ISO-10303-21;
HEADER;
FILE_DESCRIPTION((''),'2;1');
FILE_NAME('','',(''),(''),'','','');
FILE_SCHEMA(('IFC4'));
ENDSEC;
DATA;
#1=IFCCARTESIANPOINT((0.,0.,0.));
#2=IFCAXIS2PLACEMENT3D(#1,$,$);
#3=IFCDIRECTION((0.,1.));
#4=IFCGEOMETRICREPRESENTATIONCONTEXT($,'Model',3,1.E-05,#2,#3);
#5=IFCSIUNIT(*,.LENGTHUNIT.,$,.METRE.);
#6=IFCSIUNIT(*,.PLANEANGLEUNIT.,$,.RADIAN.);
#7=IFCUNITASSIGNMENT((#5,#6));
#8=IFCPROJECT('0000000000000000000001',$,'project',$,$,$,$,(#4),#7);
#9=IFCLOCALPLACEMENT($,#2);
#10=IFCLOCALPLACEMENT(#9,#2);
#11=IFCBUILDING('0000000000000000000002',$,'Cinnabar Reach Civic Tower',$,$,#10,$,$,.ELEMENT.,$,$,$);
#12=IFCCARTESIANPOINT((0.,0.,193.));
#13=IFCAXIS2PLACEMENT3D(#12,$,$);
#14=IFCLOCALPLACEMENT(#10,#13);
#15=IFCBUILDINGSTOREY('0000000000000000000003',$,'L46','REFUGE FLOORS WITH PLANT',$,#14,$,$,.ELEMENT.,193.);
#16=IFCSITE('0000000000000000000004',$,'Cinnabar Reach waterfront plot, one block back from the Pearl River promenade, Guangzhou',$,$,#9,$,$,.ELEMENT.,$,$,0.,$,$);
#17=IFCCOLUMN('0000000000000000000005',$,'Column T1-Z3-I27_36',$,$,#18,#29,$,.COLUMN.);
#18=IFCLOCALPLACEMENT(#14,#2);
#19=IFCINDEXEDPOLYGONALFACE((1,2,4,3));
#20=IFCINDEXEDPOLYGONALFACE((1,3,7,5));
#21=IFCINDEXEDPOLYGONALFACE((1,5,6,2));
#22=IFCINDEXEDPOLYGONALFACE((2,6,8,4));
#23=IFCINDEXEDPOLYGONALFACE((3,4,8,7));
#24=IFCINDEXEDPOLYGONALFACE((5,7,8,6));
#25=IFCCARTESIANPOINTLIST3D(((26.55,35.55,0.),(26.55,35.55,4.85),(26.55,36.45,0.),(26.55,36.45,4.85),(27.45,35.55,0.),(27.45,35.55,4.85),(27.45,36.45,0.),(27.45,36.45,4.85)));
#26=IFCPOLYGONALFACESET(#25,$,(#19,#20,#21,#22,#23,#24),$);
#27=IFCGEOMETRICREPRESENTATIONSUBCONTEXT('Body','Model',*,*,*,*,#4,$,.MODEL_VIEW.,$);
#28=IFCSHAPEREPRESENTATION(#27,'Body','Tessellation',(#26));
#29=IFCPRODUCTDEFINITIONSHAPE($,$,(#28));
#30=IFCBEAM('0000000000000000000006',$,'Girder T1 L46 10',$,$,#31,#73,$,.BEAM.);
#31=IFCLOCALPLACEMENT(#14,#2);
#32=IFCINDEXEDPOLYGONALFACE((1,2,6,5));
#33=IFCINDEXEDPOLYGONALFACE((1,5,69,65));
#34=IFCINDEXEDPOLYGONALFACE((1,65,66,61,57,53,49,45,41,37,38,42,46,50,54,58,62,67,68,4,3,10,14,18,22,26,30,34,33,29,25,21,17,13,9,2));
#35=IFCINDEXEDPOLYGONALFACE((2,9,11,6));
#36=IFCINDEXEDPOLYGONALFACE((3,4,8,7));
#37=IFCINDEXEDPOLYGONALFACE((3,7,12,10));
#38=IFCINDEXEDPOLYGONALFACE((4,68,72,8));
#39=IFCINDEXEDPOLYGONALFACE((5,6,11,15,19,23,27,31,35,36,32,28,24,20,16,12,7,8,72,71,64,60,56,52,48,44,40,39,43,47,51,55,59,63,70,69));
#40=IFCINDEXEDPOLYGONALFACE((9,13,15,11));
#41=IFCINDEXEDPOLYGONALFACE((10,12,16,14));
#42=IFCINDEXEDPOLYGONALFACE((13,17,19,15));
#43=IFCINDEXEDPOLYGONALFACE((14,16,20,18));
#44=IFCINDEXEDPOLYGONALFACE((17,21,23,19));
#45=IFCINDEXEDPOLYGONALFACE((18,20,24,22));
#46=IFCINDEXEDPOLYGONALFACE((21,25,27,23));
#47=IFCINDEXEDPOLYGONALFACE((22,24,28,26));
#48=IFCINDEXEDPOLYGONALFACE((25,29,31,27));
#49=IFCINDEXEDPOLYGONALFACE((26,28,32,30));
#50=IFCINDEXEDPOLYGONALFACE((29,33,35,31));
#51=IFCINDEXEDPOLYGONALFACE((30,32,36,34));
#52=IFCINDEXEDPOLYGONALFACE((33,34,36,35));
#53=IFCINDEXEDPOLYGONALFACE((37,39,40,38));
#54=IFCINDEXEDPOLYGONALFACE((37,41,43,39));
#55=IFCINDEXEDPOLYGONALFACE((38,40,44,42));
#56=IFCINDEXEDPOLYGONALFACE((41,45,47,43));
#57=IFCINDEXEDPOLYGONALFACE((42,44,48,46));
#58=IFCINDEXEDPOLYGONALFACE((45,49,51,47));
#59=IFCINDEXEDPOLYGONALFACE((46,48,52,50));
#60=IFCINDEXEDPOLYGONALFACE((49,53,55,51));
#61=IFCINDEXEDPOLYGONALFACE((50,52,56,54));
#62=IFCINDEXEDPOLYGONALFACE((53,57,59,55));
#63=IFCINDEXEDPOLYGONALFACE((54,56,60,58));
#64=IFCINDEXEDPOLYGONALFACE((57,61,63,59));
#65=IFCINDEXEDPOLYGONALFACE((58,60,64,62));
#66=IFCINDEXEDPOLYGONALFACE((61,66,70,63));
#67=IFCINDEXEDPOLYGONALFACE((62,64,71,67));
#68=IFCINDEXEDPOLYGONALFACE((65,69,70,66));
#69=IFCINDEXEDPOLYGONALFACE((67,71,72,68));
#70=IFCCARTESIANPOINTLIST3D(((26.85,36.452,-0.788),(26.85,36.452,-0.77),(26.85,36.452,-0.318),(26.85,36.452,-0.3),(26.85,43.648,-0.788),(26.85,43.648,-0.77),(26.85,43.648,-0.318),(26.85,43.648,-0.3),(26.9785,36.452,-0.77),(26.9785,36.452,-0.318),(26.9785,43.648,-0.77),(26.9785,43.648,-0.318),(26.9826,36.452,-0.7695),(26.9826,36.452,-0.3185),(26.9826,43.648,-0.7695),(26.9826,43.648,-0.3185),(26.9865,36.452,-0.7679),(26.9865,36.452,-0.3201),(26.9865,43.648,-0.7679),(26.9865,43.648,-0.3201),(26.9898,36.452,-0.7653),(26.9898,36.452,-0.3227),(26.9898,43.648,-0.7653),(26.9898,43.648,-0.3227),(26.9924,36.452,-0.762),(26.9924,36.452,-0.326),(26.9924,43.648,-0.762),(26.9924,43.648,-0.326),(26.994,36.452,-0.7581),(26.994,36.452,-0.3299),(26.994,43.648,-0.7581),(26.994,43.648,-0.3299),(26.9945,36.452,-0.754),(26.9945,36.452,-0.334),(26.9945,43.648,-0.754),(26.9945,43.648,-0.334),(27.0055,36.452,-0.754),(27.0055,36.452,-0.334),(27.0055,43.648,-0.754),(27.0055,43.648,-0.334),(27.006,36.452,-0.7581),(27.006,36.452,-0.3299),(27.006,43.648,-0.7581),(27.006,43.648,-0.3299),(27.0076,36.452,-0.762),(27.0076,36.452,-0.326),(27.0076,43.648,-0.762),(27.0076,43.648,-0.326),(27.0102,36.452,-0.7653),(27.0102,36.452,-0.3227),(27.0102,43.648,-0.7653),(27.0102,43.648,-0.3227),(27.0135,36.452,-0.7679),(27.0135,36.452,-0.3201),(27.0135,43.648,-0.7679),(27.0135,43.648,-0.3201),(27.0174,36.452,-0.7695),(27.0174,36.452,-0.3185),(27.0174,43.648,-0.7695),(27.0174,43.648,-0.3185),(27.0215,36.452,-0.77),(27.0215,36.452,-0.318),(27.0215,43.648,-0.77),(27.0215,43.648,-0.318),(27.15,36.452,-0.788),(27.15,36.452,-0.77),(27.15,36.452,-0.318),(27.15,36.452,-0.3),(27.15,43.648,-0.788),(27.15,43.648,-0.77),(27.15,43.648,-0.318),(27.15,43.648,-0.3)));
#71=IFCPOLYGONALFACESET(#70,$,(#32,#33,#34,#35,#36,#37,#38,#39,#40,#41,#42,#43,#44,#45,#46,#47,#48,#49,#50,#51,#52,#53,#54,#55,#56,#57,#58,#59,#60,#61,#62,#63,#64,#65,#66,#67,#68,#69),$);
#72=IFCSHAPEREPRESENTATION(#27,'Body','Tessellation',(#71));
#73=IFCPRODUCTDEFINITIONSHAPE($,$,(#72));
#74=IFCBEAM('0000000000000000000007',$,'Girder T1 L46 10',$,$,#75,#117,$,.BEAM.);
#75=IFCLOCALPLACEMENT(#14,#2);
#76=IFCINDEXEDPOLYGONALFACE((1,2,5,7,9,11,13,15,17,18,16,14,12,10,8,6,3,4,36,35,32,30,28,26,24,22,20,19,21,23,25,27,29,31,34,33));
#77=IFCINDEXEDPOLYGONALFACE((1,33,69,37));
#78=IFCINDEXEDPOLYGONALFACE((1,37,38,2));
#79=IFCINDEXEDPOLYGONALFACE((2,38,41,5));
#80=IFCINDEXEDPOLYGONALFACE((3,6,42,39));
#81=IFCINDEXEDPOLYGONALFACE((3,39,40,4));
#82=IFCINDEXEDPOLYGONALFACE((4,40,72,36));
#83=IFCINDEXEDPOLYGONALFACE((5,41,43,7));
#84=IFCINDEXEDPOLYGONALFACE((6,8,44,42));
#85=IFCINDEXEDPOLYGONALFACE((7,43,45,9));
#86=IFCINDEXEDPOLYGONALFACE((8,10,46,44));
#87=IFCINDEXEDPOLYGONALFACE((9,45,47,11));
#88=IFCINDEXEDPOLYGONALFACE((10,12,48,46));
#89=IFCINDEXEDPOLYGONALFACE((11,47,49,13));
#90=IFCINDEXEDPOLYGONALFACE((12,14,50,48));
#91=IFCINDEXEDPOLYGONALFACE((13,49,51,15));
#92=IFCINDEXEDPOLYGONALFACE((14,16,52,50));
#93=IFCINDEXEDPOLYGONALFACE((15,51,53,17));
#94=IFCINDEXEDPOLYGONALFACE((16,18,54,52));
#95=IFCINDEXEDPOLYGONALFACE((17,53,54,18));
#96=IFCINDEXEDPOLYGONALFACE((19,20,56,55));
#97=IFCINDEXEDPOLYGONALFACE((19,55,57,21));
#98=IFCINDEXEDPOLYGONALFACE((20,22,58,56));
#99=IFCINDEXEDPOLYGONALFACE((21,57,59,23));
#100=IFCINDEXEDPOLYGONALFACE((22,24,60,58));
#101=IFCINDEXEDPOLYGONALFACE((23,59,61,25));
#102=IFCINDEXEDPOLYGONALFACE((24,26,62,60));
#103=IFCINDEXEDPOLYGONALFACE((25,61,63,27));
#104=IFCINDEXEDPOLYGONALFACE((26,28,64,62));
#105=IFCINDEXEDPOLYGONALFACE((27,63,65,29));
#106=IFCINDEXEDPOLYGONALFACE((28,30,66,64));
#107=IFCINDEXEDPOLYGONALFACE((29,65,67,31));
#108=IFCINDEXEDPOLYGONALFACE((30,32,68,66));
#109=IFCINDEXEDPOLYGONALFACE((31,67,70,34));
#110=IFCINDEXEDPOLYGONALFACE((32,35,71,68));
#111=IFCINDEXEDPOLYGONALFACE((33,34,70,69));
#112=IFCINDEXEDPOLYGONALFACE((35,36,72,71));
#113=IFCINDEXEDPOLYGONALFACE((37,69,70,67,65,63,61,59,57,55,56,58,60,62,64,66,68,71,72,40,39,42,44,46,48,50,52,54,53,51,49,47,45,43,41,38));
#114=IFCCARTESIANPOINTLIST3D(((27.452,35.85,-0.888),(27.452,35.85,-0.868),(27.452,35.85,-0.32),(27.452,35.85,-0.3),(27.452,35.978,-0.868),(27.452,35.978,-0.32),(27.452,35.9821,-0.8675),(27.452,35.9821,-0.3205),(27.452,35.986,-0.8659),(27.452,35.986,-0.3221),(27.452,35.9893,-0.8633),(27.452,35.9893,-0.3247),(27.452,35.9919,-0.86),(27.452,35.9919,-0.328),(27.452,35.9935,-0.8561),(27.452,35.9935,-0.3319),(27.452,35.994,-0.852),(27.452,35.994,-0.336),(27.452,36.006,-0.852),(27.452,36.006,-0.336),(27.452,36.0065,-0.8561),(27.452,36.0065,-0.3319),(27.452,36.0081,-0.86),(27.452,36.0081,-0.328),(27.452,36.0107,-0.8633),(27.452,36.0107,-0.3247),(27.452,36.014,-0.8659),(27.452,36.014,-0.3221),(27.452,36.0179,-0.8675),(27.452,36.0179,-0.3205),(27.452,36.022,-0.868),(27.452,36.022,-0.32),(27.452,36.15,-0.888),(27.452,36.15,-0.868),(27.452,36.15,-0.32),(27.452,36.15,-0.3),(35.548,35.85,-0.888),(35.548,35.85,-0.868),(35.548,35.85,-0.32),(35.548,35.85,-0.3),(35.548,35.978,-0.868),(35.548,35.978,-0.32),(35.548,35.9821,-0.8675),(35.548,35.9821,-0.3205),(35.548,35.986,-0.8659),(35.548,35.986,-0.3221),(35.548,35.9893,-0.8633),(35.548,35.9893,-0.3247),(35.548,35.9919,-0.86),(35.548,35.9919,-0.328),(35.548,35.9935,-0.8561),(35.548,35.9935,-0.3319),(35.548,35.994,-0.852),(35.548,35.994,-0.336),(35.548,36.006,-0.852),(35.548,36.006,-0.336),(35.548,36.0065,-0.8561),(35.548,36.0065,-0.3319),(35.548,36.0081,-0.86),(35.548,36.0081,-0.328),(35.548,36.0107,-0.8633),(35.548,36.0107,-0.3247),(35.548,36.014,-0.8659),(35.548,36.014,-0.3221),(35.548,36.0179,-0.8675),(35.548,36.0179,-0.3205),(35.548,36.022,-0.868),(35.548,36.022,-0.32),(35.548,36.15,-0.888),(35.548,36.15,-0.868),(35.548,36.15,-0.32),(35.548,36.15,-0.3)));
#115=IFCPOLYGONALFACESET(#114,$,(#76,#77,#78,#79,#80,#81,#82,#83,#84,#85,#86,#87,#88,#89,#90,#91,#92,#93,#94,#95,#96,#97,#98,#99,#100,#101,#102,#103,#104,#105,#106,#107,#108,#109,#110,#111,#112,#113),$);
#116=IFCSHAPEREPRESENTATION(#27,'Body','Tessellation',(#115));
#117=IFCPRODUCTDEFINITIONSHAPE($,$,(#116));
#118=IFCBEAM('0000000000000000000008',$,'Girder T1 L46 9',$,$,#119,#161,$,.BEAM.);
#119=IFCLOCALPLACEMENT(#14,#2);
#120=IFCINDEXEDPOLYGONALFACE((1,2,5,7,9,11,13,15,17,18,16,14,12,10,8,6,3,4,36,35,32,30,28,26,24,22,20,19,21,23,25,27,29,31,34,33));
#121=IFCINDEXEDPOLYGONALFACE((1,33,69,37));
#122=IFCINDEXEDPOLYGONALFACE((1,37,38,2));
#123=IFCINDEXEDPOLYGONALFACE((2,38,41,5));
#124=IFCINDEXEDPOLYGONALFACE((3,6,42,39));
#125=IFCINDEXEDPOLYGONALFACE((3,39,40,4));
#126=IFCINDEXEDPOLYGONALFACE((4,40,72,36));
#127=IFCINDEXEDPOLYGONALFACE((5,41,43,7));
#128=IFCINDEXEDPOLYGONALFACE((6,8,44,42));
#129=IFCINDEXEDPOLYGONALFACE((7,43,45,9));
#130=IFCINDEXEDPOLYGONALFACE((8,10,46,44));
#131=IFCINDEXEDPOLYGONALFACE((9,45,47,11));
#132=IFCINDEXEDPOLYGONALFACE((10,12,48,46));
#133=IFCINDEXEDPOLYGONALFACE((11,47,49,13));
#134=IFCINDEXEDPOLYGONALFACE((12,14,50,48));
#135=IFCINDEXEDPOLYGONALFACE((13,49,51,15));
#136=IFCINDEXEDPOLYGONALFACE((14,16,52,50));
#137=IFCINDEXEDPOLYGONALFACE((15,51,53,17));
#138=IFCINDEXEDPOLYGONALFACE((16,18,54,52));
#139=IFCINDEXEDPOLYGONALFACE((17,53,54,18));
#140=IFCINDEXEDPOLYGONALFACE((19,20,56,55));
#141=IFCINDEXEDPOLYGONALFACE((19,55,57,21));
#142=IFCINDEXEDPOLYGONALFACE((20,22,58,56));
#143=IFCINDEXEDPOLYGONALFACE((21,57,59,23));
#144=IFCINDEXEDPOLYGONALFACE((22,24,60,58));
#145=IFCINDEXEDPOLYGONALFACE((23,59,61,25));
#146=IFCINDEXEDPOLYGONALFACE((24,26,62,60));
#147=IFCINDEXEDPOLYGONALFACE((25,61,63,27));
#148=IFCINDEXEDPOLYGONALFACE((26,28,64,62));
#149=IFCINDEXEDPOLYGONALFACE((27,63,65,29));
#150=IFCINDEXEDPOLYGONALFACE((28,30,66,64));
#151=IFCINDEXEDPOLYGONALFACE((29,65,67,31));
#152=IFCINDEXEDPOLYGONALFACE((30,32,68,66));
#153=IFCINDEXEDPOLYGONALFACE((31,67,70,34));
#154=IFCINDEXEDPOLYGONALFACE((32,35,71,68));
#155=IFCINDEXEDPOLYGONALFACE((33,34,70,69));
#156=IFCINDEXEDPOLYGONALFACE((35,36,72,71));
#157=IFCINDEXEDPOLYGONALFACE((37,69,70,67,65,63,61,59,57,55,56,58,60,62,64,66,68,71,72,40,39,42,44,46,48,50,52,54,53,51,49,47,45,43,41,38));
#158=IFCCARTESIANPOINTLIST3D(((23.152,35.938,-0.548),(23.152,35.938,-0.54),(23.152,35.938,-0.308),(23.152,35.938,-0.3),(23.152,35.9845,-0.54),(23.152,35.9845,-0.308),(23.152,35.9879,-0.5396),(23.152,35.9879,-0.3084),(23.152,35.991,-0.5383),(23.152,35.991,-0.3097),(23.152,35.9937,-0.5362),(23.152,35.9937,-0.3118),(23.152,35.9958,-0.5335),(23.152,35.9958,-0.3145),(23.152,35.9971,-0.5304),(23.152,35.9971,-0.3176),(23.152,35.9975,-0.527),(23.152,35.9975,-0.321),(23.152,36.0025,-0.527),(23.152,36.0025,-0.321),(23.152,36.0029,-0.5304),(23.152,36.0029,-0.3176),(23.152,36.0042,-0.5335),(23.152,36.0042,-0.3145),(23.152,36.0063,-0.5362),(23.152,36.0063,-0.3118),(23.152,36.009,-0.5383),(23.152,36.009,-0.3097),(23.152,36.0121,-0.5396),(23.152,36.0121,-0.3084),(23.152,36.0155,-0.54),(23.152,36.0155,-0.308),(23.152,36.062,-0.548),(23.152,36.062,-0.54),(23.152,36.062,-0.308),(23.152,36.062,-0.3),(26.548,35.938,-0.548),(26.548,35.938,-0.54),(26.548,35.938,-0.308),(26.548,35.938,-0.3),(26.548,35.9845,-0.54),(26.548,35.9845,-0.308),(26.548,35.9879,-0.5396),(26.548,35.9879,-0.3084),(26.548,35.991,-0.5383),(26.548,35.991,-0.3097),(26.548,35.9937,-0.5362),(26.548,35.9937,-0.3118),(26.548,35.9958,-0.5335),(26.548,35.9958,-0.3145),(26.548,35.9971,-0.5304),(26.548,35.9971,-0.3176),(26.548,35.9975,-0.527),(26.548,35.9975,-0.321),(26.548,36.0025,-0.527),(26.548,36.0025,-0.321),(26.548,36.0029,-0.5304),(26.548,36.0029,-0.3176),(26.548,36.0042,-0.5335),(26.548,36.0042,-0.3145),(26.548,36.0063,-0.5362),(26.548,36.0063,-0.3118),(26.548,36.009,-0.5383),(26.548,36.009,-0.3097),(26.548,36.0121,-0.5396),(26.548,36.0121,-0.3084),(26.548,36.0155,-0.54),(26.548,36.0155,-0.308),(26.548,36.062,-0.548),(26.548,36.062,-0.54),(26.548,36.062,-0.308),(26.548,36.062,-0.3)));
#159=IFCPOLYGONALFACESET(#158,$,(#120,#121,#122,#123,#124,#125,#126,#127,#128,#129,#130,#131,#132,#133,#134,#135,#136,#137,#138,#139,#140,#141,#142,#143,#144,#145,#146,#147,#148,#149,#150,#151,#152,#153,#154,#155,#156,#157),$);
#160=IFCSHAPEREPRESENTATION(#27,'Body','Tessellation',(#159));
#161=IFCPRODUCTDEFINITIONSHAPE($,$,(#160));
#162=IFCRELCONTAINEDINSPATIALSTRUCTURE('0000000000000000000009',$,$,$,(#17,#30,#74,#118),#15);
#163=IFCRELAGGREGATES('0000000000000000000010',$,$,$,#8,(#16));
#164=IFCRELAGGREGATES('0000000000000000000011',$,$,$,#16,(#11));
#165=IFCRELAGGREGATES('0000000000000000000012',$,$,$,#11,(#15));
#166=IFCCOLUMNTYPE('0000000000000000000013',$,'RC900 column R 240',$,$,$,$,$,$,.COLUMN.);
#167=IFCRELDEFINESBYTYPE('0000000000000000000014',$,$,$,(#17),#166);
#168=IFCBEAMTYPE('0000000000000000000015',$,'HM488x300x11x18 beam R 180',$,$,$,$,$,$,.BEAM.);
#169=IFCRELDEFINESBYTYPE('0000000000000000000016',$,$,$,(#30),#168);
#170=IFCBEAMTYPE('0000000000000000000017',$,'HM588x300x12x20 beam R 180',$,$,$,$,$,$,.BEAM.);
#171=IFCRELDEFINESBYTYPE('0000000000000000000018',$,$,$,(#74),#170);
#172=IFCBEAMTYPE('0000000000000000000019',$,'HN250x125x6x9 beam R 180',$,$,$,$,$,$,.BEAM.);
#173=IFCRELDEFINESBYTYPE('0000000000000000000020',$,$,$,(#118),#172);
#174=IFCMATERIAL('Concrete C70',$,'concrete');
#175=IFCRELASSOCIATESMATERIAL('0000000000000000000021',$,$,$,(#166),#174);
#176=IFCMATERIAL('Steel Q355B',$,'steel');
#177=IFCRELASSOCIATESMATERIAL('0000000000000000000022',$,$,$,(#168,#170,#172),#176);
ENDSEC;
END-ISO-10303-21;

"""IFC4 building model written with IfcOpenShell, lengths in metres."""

from ifc_helpers import new_model, si_unit, direction, frame, origin, origin_2d, place, context, subcontext, project, spatial, rectangle, i_section, extrude, material, material_profile, profile_set, type_object, element, save


model = new_model("IFC4")

# Units and contexts
model_context = context("Model", 3, precision=1e-05, world=origin(), true_north=direction((0.0, 1.0)))
body_context = subcontext(model_context, "Body", "Model", "MODEL_VIEW")
ifc_project = project(units=[si_unit("LENGTHUNIT", "METRE"), si_unit("PLANEANGLEUNIT", "RADIAN")], contexts=[model_context])

# Site, building, storey
site_placement = place(None, origin())
site = spatial("IfcSite", under=ifc_project, at=site_placement, Name="Cinnabar Reach waterfront plot, one block back from the Pearl River promenade, Guangzhou", CompositionType="ELEMENT", RefElevation=0.0)
building_placement = place(site_placement, origin())
building = spatial("IfcBuilding", under=site, at=building_placement, Name="Cinnabar Reach Civic Tower", CompositionType="ELEMENT")
storey_placement = place(building_placement, frame((0.0, 0.0, 193.0)))
storey = spatial("IfcBuildingStorey", under=building, at=storey_placement, Name="L46", Description="REFUGE FLOORS WITH PLANT", CompositionType="ELEMENT", Elevation=193.0)

# Column
ifc_material_1 = material(Name="Concrete C70", Category="concrete")
ifc_material_profile_1 = material_profile(ifc_material_1, rectangle(XDim=0.9, YDim=0.9, at=origin_2d()), Name="RC900")
ifc_profile_set_1 = profile_set([ifc_material_profile_1], Name="Concrete C70")
column_type = type_object("IfcColumnType", Name="RC900 column R 240", PredefinedType="COLUMN", material=ifc_profile_set_1)
column_placement = place(storey_placement, frame((27.0, 36.0, 0.0), z_axis=(0.0, 0.0, 1.0), x_axis=(1.0, 0.0, 0.0)))
element("IfcColumn", 1, at=column_placement, inside=storey, type_object=column_type, Name="Column T1-Z3-I27_36", PredefinedType="COLUMN", context=body_context, shape_type="SweptSolid", body=[
    extrude(rectangle(XDim=0.9, YDim=0.9, at=origin_2d()), origin(), (0.0, 0.0, 1.0), 4.85),
])

# Beams
ifc_material_2 = material(Name="Steel Q355B", Category="steel")
ifc_material_profile_2 = material_profile(ifc_material_2, i_section(OverallWidth=0.3, OverallDepth=0.488, WebThickness=0.011, FlangeThickness=0.018, FilletRadius=0.016, at=origin_2d()), Name="HM488x300x11x18")
ifc_profile_set_2 = profile_set([ifc_material_profile_2], Name="Steel Q355B")
beam_type_1 = type_object("IfcBeamType", Name="HM488x300x11x18 beam R 180", PredefinedType="BEAM", material=ifc_profile_set_2)
beam_1_placement = place(storey_placement, frame((27.0, 36.452, -0.544), z_axis=(0.0, 1.0, 0.0), x_axis=(-1.0, 0.0, 0.0)))
element("IfcBeam", 2, at=beam_1_placement, inside=storey, type_object=beam_type_1, Name="Girder T1 L46 10", PredefinedType="BEAM", context=body_context, shape_type="SweptSolid", body=[
    extrude(i_section(OverallWidth=0.3, OverallDepth=0.488, WebThickness=0.011, FlangeThickness=0.018, FilletRadius=0.016, at=origin_2d()), origin(), (0.0, 0.0, 1.0), 7.196),
])
ifc_material_profile_3 = material_profile(ifc_material_2, i_section(OverallWidth=0.3, OverallDepth=0.588, WebThickness=0.012, FlangeThickness=0.02, FilletRadius=0.016, at=origin_2d()), Name="HM588x300x12x20")
ifc_profile_set_3 = profile_set([ifc_material_profile_3], Name="Steel Q355B")
beam_type_2 = type_object("IfcBeamType", Name="HM588x300x12x20 beam R 180", PredefinedType="BEAM", material=ifc_profile_set_3)
beam_2_placement = place(storey_placement, frame((27.452, 36.0, -0.594), z_axis=(1.0, 0.0, 0.0), x_axis=(0.0, 1.0, 0.0)))
element("IfcBeam", 3, at=beam_2_placement, inside=storey, type_object=beam_type_2, Name="Girder T1 L46 10", PredefinedType="BEAM", context=body_context, shape_type="SweptSolid", body=[
    extrude(i_section(OverallWidth=0.3, OverallDepth=0.588, WebThickness=0.012, FlangeThickness=0.02, FilletRadius=0.016, at=origin_2d()), origin(), (0.0, 0.0, 1.0), 8.096),
])
ifc_material_profile_4 = material_profile(ifc_material_2, i_section(OverallWidth=0.124, OverallDepth=0.248, WebThickness=0.005, FlangeThickness=0.008, FilletRadius=0.013, at=origin_2d()), Name="HN250x125x6x9")
ifc_profile_set_4 = profile_set([ifc_material_profile_4], Name="Steel Q355B")
beam_type_3 = type_object("IfcBeamType", Name="HN250x125x6x9 beam R 180", PredefinedType="BEAM", material=ifc_profile_set_4)
beam_3_placement = place(storey_placement, frame((23.152, 36.0, -0.424), z_axis=(1.0, 0.0, 0.0), x_axis=(0.0, 1.0, 0.0)))
element("IfcBeam", 4, at=beam_3_placement, inside=storey, type_object=beam_type_3, Name="Girder T1 L46 9", PredefinedType="BEAM", context=body_context, shape_type="SweptSolid", body=[
    extrude(i_section(OverallWidth=0.124, OverallDepth=0.248, WebThickness=0.005, FlangeThickness=0.008, FilletRadius=0.013, at=origin_2d()), origin(), (0.0, 0.0, 1.0), 3.396),
])

save(model, "model.ifc")
